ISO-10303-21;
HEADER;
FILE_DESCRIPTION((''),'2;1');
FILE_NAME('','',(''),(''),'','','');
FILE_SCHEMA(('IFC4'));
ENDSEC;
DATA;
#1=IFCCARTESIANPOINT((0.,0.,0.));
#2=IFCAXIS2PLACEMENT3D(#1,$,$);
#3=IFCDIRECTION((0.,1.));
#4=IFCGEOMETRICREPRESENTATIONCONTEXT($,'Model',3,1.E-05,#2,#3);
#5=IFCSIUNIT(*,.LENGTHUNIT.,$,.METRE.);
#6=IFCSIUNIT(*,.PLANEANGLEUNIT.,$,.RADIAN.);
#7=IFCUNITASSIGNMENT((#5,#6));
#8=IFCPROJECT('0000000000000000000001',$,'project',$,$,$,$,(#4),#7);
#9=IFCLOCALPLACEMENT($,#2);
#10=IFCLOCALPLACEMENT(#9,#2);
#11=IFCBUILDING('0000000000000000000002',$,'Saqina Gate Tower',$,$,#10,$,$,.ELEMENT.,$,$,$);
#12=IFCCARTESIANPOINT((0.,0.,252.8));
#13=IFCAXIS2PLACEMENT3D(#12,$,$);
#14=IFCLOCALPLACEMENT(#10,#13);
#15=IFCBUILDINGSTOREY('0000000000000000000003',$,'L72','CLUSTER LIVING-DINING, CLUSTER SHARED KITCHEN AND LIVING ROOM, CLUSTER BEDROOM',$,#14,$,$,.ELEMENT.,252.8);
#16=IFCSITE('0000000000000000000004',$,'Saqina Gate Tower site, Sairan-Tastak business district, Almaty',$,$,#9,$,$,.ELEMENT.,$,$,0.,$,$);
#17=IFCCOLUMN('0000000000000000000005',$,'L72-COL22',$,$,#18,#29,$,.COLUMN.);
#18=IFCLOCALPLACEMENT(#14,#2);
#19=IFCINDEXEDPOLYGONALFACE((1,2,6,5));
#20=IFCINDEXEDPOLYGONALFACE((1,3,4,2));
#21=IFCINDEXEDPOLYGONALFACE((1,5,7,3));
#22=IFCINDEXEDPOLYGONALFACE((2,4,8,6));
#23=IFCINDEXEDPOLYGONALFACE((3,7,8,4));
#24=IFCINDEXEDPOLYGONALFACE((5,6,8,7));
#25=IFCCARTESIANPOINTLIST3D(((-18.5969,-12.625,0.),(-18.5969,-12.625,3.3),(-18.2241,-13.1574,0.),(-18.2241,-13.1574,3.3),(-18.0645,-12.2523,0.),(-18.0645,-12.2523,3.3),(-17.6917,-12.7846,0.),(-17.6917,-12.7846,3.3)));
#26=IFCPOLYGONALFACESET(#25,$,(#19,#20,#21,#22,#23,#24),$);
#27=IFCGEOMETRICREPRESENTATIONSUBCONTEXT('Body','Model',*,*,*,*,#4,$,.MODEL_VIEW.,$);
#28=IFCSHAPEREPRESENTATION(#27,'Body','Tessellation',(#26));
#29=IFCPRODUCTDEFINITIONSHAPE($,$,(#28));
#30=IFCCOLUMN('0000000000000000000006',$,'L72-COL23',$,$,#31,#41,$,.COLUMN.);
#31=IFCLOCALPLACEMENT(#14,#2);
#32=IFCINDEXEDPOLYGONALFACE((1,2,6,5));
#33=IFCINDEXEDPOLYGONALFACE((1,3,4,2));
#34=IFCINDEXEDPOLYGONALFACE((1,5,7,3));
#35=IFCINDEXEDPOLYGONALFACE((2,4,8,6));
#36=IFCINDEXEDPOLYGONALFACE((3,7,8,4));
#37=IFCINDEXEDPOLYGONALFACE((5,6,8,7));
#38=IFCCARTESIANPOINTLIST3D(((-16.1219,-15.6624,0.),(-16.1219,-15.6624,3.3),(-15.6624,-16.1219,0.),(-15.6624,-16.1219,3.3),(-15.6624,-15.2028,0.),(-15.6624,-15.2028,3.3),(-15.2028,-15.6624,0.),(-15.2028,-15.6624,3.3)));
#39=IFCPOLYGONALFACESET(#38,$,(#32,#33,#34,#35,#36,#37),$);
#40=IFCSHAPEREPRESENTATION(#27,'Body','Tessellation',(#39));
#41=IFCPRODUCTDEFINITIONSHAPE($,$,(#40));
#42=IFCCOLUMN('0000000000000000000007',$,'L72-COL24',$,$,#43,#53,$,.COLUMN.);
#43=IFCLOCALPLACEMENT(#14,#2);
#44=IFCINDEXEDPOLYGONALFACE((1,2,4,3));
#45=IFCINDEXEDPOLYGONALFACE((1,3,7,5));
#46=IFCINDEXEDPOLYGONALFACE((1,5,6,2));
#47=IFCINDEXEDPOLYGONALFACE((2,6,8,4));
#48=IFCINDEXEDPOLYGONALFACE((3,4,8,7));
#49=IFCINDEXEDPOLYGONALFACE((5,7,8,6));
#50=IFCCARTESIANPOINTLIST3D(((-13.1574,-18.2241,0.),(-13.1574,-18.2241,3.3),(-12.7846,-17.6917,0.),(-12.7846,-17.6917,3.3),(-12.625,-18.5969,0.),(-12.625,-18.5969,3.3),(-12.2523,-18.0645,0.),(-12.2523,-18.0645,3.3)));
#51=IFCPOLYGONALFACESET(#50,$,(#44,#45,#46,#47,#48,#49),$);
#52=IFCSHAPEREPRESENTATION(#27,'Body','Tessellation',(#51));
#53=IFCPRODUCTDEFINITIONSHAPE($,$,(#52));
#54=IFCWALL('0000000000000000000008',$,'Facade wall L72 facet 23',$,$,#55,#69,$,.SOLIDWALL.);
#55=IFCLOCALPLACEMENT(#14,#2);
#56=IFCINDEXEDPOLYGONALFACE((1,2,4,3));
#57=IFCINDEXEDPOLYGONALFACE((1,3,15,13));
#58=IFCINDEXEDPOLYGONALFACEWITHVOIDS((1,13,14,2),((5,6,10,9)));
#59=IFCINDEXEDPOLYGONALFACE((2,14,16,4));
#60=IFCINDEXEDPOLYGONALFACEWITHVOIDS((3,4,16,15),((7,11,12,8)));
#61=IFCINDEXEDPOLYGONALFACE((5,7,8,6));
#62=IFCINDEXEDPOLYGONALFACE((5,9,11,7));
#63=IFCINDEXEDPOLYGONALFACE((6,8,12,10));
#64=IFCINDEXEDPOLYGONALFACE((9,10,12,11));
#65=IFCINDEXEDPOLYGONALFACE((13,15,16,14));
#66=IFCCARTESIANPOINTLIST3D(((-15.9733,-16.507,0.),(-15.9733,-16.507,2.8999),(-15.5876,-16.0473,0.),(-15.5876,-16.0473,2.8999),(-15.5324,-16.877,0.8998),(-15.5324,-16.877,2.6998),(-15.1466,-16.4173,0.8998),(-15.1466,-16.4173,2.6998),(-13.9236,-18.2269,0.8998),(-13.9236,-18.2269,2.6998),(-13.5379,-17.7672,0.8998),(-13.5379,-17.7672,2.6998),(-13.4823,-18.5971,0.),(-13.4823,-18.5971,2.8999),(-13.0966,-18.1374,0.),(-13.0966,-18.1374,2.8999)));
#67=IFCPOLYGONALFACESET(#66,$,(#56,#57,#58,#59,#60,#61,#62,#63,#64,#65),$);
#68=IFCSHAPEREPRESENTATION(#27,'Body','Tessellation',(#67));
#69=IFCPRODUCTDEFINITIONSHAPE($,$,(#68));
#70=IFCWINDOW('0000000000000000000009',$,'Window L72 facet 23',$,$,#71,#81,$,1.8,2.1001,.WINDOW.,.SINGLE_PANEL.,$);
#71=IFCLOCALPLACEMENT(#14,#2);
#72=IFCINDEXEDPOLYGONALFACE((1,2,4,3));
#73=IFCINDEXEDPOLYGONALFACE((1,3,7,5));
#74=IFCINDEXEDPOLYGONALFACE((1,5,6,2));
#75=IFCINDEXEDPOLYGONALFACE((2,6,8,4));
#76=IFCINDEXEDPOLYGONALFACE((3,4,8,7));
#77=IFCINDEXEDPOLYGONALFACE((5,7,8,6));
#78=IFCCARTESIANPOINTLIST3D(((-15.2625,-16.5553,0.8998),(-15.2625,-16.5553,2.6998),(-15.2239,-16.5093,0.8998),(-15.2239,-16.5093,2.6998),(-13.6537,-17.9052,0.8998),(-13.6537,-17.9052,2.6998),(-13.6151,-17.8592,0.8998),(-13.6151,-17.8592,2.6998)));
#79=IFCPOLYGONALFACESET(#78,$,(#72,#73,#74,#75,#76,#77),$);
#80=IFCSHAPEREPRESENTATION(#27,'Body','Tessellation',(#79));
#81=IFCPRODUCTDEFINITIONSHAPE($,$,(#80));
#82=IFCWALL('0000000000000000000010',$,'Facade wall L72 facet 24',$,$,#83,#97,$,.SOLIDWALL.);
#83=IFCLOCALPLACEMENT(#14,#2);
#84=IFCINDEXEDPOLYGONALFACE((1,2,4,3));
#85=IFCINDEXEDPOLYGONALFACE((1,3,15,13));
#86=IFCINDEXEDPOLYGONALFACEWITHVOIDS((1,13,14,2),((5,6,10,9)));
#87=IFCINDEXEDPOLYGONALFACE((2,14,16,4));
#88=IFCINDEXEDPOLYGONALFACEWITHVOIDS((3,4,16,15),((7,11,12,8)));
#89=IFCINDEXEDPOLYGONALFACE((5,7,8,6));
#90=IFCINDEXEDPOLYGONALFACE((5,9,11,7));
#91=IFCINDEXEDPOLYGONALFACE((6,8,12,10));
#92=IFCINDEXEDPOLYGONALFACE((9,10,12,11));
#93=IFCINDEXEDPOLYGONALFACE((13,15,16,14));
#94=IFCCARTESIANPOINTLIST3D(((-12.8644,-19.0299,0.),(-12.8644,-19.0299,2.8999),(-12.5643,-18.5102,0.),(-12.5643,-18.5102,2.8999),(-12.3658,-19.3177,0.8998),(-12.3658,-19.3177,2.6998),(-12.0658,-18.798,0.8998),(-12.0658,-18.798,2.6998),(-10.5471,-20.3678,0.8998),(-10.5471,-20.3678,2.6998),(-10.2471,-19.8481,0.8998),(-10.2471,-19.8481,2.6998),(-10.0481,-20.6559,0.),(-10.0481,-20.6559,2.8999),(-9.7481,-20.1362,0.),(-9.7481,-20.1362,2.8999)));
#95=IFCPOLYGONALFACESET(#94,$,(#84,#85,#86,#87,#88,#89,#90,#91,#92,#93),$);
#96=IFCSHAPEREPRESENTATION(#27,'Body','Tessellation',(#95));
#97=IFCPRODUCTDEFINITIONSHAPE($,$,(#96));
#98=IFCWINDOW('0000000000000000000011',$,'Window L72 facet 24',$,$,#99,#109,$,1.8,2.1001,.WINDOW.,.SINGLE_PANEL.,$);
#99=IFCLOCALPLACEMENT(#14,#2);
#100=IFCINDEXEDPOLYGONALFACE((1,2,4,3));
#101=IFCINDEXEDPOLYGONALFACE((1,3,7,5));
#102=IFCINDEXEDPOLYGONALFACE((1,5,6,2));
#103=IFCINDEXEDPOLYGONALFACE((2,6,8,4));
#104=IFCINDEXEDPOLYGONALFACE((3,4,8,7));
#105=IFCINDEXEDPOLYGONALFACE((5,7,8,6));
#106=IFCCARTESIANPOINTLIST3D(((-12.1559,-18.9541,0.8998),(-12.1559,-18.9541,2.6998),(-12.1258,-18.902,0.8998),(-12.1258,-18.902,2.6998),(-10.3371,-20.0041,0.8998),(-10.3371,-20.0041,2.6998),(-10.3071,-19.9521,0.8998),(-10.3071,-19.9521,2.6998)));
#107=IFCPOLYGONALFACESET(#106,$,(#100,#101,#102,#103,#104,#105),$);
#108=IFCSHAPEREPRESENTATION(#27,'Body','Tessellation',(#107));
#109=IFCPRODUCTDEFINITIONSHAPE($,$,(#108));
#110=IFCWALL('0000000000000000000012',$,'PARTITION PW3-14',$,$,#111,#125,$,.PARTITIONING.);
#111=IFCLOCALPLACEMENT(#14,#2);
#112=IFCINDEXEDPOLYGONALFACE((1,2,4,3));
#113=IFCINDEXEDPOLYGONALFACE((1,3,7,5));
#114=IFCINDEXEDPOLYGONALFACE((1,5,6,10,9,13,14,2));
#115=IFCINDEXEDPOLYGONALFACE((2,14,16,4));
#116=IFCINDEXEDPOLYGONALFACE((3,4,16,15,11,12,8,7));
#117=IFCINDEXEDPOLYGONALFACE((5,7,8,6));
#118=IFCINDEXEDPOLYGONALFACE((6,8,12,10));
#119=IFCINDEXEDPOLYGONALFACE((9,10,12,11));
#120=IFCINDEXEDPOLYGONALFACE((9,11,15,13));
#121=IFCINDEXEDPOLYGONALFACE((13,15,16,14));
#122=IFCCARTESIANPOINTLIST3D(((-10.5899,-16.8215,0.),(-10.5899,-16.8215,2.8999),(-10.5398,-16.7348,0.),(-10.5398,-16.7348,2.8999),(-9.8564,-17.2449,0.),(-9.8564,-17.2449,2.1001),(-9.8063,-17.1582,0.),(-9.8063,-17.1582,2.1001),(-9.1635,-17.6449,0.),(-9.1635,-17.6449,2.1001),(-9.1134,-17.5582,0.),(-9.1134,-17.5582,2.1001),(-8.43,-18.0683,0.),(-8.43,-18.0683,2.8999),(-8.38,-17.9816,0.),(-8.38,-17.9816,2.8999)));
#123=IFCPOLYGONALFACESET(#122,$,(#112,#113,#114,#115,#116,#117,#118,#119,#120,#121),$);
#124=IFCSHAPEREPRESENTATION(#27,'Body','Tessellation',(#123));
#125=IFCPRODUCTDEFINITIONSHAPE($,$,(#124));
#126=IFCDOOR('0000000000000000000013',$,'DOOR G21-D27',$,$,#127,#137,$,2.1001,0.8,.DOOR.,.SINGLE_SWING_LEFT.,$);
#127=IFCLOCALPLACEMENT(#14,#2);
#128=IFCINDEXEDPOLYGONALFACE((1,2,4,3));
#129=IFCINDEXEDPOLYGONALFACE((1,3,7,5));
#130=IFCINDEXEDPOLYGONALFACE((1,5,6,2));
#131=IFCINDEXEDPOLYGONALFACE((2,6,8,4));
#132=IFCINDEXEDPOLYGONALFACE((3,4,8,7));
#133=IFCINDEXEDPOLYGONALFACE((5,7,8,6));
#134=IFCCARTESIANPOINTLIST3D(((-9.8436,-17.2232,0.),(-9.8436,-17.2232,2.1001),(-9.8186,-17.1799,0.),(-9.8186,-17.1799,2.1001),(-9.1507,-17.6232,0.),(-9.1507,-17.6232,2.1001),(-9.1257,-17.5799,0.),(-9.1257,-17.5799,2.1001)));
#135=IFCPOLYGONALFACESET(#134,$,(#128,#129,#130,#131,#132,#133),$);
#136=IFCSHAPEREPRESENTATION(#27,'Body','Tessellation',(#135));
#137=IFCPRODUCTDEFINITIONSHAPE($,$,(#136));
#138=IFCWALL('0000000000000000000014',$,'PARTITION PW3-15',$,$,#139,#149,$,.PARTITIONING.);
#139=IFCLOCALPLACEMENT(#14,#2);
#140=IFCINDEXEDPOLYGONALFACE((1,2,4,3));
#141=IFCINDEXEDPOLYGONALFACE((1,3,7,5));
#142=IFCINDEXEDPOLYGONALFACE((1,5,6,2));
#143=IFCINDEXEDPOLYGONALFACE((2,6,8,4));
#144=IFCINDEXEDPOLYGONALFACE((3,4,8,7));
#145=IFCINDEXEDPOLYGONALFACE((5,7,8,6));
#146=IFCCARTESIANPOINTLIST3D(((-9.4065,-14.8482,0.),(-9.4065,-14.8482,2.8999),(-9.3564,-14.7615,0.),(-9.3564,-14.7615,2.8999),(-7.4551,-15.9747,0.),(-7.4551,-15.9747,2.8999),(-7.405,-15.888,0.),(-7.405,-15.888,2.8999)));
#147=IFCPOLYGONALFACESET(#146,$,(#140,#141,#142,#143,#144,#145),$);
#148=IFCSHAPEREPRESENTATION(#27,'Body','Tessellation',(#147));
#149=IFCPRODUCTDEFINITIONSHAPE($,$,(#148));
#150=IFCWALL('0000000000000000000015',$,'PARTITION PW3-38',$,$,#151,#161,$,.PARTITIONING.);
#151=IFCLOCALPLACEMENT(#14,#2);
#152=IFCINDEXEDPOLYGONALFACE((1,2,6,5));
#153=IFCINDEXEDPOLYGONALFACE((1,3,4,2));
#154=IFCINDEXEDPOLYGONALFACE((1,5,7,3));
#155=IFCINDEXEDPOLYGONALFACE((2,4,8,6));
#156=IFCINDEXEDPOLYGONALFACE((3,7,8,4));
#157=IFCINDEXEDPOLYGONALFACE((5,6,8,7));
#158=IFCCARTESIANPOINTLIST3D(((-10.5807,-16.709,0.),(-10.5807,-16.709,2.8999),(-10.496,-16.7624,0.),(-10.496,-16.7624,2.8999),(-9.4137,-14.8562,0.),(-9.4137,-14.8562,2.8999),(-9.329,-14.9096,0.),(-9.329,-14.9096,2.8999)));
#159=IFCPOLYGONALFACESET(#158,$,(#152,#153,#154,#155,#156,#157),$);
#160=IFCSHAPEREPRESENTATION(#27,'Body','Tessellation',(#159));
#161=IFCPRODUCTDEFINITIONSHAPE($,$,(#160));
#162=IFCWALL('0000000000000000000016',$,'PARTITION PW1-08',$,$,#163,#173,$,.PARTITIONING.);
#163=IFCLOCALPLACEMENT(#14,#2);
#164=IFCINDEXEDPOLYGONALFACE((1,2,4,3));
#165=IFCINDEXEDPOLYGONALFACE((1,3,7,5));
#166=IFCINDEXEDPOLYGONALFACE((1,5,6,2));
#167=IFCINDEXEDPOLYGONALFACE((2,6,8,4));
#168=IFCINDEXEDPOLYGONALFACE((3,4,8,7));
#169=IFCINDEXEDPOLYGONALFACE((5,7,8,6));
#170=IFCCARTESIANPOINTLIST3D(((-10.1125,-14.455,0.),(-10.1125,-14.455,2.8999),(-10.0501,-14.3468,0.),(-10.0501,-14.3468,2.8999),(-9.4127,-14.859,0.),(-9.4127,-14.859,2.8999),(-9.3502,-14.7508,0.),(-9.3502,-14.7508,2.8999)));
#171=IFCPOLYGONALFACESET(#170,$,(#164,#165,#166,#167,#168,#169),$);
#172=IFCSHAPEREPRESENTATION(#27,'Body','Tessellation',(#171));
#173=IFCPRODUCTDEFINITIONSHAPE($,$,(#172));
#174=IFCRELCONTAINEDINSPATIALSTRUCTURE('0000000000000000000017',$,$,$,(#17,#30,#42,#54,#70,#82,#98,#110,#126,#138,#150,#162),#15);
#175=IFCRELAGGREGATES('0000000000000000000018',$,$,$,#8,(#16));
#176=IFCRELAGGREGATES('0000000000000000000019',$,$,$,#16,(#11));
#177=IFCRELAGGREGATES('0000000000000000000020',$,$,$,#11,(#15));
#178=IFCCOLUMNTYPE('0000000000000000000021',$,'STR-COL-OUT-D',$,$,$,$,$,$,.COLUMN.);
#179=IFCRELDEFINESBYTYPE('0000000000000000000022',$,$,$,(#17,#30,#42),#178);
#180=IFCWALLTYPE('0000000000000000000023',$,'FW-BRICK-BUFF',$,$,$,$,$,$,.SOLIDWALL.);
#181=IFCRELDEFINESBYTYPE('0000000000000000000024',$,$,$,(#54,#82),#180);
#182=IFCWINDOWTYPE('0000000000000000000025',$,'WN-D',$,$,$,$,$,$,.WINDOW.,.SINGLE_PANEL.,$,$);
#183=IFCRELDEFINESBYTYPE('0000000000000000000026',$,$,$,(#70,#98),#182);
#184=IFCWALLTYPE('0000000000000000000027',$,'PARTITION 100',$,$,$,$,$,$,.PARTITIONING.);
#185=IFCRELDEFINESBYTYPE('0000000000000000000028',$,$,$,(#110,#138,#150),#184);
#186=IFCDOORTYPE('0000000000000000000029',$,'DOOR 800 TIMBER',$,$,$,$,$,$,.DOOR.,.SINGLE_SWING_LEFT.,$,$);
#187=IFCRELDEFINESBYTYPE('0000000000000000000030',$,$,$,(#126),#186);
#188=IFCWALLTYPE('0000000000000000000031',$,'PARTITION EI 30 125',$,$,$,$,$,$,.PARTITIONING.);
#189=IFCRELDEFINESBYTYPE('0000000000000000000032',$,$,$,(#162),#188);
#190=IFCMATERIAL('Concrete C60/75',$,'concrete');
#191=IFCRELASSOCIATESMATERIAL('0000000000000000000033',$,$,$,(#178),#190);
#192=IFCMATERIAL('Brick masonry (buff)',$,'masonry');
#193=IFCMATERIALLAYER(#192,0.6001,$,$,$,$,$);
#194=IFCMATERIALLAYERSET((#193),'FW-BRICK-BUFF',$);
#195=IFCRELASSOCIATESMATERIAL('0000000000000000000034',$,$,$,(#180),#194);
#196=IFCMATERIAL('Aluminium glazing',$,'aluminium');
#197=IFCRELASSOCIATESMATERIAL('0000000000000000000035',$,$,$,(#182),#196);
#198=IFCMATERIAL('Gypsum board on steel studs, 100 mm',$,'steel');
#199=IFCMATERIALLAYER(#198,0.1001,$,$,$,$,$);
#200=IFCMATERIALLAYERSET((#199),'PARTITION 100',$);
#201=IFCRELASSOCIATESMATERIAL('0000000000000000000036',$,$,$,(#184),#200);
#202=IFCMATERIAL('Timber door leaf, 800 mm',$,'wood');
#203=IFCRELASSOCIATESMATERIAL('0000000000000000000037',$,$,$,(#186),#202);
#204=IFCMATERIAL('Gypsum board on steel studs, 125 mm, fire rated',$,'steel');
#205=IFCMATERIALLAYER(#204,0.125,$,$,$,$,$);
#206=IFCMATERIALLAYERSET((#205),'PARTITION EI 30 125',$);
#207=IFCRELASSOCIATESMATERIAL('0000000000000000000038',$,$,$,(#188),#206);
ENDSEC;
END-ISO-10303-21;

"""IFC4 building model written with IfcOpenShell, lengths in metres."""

from ifc_helpers import new_model, si_unit, direction, frame, frame_2d, origin, origin_2d, place, context, subcontext, project, spatial, rectangle, extrude, material, layer, layer_set, material_profile, profile_set, type_object, element, fill, save


model = new_model("IFC4")

# Units and contexts
model_context = context("Model", 3, precision=1e-05, world=origin(), true_north=direction((0.0, 1.0)))
body_context = subcontext(model_context, "Body", "Model", "MODEL_VIEW")
ifc_project = project(units=[si_unit("LENGTHUNIT", "METRE"), si_unit("PLANEANGLEUNIT", "RADIAN")], contexts=[model_context])

# Site, building, storey
site_placement = place(None, origin())
site = spatial("IfcSite", under=ifc_project, at=site_placement, Name="Saqina Gate Tower site, Sairan-Tastak business district, Almaty", CompositionType="ELEMENT", RefElevation=0.0)
building_placement = place(site_placement, origin())
building = spatial("IfcBuilding", under=site, at=building_placement, Name="Saqina Gate Tower", CompositionType="ELEMENT")
storey_placement = place(building_placement, frame((0.0, 0.0, 252.8)))
storey = spatial("IfcBuildingStorey", under=building, at=storey_placement, Name="L72", Description="CLUSTER LIVING-DINING, CLUSTER SHARED KITCHEN AND LIVING ROOM, CLUSTER BEDROOM", CompositionType="ELEMENT", Elevation=252.8)

# Columns
ifc_material_1 = material(Name="Concrete C60/75", Category="concrete")
ifc_material_profile = material_profile(ifc_material_1, rectangle(XDim=0.6499, YDim=0.6499, at=origin_2d()), Name="RC 650x650")
ifc_profile_set = profile_set([ifc_material_profile], Name="Concrete C60/75")
column_type = type_object("IfcColumnType", Name="STR-COL-OUT-D", PredefinedType="COLUMN", material=ifc_profile_set)
for number, where, z_axis, x_axis, name in (
    (1, (-18.1443, -12.7048, 0.0), (0.0, 0.0, 1.0), (-0.819152, -0.573576, 0.0), "L72-COL22"),
    (2, (-15.6624, -15.6624, 0.0), (0.0, 0.0, 1.0), (-0.707107, -0.707107, 0.0), "L72-COL23"),
    (3, (-12.7048, -18.1443, 0.0), (0.0, 0.0, 1.0), (-0.573576, -0.819152, 0.0), "L72-COL24"),
):
    element("IfcColumn", number, at=place(storey_placement, frame(where, z_axis=z_axis, x_axis=x_axis)), inside=storey, type_object=column_type, Name=name, PredefinedType="COLUMN", context=body_context, shape_type="SweptSolid", body=[
        extrude(rectangle(XDim=0.6499, YDim=0.6499, at=origin_2d()), origin(), (0.0, 0.0, 1.0), 3.3),
    ])

# Shared definitions
ifc_material_2 = material(Name="Brick masonry (buff)", Category="masonry")
ifc_layer_1 = layer(ifc_material_2, 0.6001)
ifc_layer_set_1 = layer_set([ifc_layer_1], Name="FW-BRICK-BUFF")
wall_type_1 = type_object("IfcWallType", Name="FW-BRICK-BUFF", PredefinedType="SOLIDWALL", material=ifc_layer_set_1)

# Walls, openings, windows
wall_1_placement = place(storey_placement, frame((-15.7805, -16.2771, 0.0), z_axis=(0.0, 0.0, 1.0), x_axis=(0.766057, -0.642773, 0.0)))
wall_1 = element("IfcWall", 4, at=wall_1_placement, inside=storey, type_object=wall_type_1, Name="Facade wall L72 facet 23", PredefinedType="SOLIDWALL", context=body_context, shape_type="SweptSolid", body=[
    extrude(rectangle(XDim=3.2517, YDim=0.6001, at=frame_2d((1.626, 0.0))), origin(), (0.0, 0.0, 1.0), 2.8999),
])
opening_1_placement = place(wall_1_placement, frame((0.5757, 0.0, 0.8999)))
opening_1 = element("IfcOpeningElement", 5, at=opening_1_placement, cuts=wall_1, PredefinedType="OPENING", context=body_context, shape_type="SweptSolid", body=[
    extrude(rectangle(XDim=2.1001, YDim=1.8, at=frame_2d((1.05, 0.8999))), frame((0.0, 0.312, 0.0), z_axis=(0.0, -1.0, 0.0), x_axis=(1.0, 0.0, 0.0)), (0.0, 0.0, 1.0), 0.624),
])
ifc_material_3 = material(Name="Aluminium glazing", Category="aluminium")
window_type = type_object("IfcWindowType", Name="WN-D", PartitioningType="SINGLE_PANEL", PredefinedType="WINDOW", material=ifc_material_3)
window_1_placement = place(opening_1_placement, origin())
window_1 = element("IfcWindow", 6, at=window_1_placement, inside=storey, type_object=window_type, Name="Window L72 facet 23", OverallHeight=1.8, OverallWidth=2.1001, PartitioningType="SINGLE_PANEL", PredefinedType="WINDOW", context=body_context, shape_type="SweptSolid", body=[
    extrude(rectangle(XDim=2.1001, YDim=1.8, at=frame_2d((1.05, 0.8999))), frame((0.0, 0.1799, 0.0), z_axis=(0.0, -1.0, 0.0), x_axis=(1.0, 0.0, 0.0)), (0.0, 0.0, 1.0), 0.0601),
])
fill(opening_1, window_1)
wall_2_placement = place(storey_placement, frame((-12.7144, -18.77, 0.0), z_axis=(0.0, 0.0, 1.0), x_axis=(0.866017, -0.500015, 0.0)))
wall_2 = element("IfcWall", 7, at=wall_2_placement, inside=storey, type_object=wall_type_1, Name="Facade wall L72 facet 24", PredefinedType="SOLIDWALL", context=body_context, shape_type="SweptSolid", body=[
    extrude(rectangle(XDim=3.252, YDim=0.6001, at=frame_2d((1.626, 0.0))), origin(), (0.0, 0.0, 1.0), 2.8999),
])
opening_2_placement = place(wall_2_placement, frame((0.5757, 0.0, 0.8999)))
opening_2 = element("IfcOpeningElement", 8, at=opening_2_placement, cuts=wall_2, PredefinedType="OPENING", context=body_context, shape_type="SweptSolid", body=[
    extrude(rectangle(XDim=2.1001, YDim=1.8, at=frame_2d((1.05, 0.8999))), frame((0.0, 0.312, 0.0), z_axis=(0.0, -1.0, 0.0), x_axis=(1.0, 0.0, 0.0)), (0.0, 0.0, 1.0), 0.624),
])
window_2_placement = place(opening_2_placement, origin())
window_2 = element("IfcWindow", 9, at=window_2_placement, inside=storey, type_object=window_type, Name="Window L72 facet 24", OverallHeight=1.8, OverallWidth=2.1001, PartitioningType="SINGLE_PANEL", PredefinedType="WINDOW", context=body_context, shape_type="SweptSolid", body=[
    extrude(rectangle(XDim=2.1001, YDim=1.8, at=frame_2d((1.05, 0.8999))), frame((0.0, 0.1799, 0.0), z_axis=(0.0, -1.0, 0.0), x_axis=(1.0, 0.0, 0.0)), (0.0, 0.0, 1.0), 0.0601),
])
fill(opening_2, window_2)

# Wall, opening, door
ifc_material_4 = material(Name="Gypsum board on steel studs, 100 mm", Category="steel")
ifc_layer_2 = layer(ifc_material_4, 0.1001)
ifc_layer_set_2 = layer_set([ifc_layer_2], Name="PARTITION 100")
wall_type_2 = type_object("IfcWallType", Name="PARTITION 100", PredefinedType="PARTITIONING", material=ifc_layer_set_2)
wall_3_placement = place(storey_placement, frame((-10.5649, -16.7781, 0.0), z_axis=(0.0, 0.0, 1.0), x_axis=(0.86606, -0.49994, 0.0)))
wall_3 = element("IfcWall", 10, at=wall_3_placement, inside=storey, type_object=wall_type_2, Name="PARTITION PW3-14", PredefinedType="PARTITIONING", context=body_context, shape_type="SweptSolid", body=[
    extrude(rectangle(XDim=2.4939, YDim=0.1001, at=frame_2d((1.2471, 0.0))), origin(), (0.0, 0.0, 1.0), 2.8999),
])
opening_3_placement = place(wall_3_placement, frame((0.8472, 0.0, 0.0)))
opening_3 = element("IfcOpeningElement", 11, at=opening_3_placement, cuts=wall_3, PredefinedType="OPENING", context=body_context, shape_type="SweptSolid", body=[
    extrude(rectangle(XDim=0.8, YDim=2.1001, at=frame_2d((0.3999, 1.05))), frame((0.0, 0.062, 0.0), z_axis=(0.0, -1.0, 0.0), x_axis=(1.0, 0.0, 0.0)), (0.0, 0.0, 1.0), 0.124),
])
ifc_material_5 = material(Name="Timber door leaf, 800 mm", Category="wood")
door_type_1 = type_object("IfcDoorType", Name="DOOR 800 TIMBER", OperationType="SINGLE_SWING_LEFT", PredefinedType="DOOR", material=ifc_material_5)
door_1_placement = place(opening_3_placement, frame((0.8, 0.0, 0.0), z_axis=(0.0, 0.0, 1.0), x_axis=(-1.0, 0.0, 0.0)))
door_1 = element("IfcDoor", 12, at=door_1_placement, inside=storey, type_object=door_type_1, Name="DOOR G21-D27", OperationType="SINGLE_SWING_LEFT", OverallHeight=2.1001, OverallWidth=0.8, PredefinedType="DOOR", context=body_context, shape_type="SweptSolid", body=[
    extrude(rectangle(XDim=0.8, YDim=2.1001, at=frame_2d((0.3999, 1.05))), frame((0.0, 0.0249, 0.0), z_axis=(0.0, -1.0, 0.0), x_axis=(1.0, 0.0, 0.0)), (0.0, 0.0, 1.0), 0.05),
])
fill(opening_3, door_1)

# Walls
wall_4_placement = place(storey_placement, frame((-9.3813, -14.8049, 0.0), z_axis=(0.0, 0.0, 1.0), x_axis=(0.866061, -0.499938, 0.0)))
element("IfcWall", 13, at=wall_4_placement, inside=storey, type_object=wall_type_2, Name="PARTITION PW3-15", PredefinedType="PARTITIONING", context=body_context, shape_type="SweptSolid", body=[
    extrude(rectangle(XDim=2.2532, YDim=0.1001, at=frame_2d((1.1265, 0.0))), origin(), (0.0, 0.0, 1.0), 2.8999),
])
wall_5_placement = place(storey_placement, frame((-10.5383, -16.7356, 0.0), z_axis=(0.0, 0.0, 1.0), x_axis=(0.532952, 0.846145, 0.0)))
element("IfcWall", 14, at=wall_5_placement, inside=storey, type_object=wall_type_2, Name="PARTITION PW3-38", PredefinedType="PARTITIONING", context=body_context, shape_type="SweptSolid", body=[
    extrude(rectangle(XDim=2.1897, YDim=0.1001, at=frame_2d((1.0947, 0.0))), origin(), (0.0, 0.0, 1.0), 2.8999),
])
ifc_material_6 = material(Name="Gypsum board on steel studs, 125 mm, fire rated", Category="steel")
ifc_layer_3 = layer(ifc_material_6, 0.125)
ifc_layer_set_3 = layer_set([ifc_layer_3], Name="PARTITION EI 30 125")
wall_type_3 = type_object("IfcWallType", Name="PARTITION EI 30 125", PredefinedType="PARTITIONING", material=ifc_layer_set_3)
wall_6_placement = place(storey_placement, frame((-10.0813, -14.4009, 0.0), z_axis=(0.0, 0.0, 1.0), x_axis=(0.86606, -0.49994, 0.0)))
element("IfcWall", 15, at=wall_6_placement, inside=storey, type_object=wall_type_3, Name="PARTITION PW1-08", PredefinedType="PARTITIONING", context=body_context, shape_type="SweptSolid", body=[
    extrude(rectangle(XDim=0.8081, YDim=0.125, at=frame_2d((0.4041, 0.0))), origin(), (0.0, 0.0, 1.0), 2.8999),
])

save(model, "model.ifc")
